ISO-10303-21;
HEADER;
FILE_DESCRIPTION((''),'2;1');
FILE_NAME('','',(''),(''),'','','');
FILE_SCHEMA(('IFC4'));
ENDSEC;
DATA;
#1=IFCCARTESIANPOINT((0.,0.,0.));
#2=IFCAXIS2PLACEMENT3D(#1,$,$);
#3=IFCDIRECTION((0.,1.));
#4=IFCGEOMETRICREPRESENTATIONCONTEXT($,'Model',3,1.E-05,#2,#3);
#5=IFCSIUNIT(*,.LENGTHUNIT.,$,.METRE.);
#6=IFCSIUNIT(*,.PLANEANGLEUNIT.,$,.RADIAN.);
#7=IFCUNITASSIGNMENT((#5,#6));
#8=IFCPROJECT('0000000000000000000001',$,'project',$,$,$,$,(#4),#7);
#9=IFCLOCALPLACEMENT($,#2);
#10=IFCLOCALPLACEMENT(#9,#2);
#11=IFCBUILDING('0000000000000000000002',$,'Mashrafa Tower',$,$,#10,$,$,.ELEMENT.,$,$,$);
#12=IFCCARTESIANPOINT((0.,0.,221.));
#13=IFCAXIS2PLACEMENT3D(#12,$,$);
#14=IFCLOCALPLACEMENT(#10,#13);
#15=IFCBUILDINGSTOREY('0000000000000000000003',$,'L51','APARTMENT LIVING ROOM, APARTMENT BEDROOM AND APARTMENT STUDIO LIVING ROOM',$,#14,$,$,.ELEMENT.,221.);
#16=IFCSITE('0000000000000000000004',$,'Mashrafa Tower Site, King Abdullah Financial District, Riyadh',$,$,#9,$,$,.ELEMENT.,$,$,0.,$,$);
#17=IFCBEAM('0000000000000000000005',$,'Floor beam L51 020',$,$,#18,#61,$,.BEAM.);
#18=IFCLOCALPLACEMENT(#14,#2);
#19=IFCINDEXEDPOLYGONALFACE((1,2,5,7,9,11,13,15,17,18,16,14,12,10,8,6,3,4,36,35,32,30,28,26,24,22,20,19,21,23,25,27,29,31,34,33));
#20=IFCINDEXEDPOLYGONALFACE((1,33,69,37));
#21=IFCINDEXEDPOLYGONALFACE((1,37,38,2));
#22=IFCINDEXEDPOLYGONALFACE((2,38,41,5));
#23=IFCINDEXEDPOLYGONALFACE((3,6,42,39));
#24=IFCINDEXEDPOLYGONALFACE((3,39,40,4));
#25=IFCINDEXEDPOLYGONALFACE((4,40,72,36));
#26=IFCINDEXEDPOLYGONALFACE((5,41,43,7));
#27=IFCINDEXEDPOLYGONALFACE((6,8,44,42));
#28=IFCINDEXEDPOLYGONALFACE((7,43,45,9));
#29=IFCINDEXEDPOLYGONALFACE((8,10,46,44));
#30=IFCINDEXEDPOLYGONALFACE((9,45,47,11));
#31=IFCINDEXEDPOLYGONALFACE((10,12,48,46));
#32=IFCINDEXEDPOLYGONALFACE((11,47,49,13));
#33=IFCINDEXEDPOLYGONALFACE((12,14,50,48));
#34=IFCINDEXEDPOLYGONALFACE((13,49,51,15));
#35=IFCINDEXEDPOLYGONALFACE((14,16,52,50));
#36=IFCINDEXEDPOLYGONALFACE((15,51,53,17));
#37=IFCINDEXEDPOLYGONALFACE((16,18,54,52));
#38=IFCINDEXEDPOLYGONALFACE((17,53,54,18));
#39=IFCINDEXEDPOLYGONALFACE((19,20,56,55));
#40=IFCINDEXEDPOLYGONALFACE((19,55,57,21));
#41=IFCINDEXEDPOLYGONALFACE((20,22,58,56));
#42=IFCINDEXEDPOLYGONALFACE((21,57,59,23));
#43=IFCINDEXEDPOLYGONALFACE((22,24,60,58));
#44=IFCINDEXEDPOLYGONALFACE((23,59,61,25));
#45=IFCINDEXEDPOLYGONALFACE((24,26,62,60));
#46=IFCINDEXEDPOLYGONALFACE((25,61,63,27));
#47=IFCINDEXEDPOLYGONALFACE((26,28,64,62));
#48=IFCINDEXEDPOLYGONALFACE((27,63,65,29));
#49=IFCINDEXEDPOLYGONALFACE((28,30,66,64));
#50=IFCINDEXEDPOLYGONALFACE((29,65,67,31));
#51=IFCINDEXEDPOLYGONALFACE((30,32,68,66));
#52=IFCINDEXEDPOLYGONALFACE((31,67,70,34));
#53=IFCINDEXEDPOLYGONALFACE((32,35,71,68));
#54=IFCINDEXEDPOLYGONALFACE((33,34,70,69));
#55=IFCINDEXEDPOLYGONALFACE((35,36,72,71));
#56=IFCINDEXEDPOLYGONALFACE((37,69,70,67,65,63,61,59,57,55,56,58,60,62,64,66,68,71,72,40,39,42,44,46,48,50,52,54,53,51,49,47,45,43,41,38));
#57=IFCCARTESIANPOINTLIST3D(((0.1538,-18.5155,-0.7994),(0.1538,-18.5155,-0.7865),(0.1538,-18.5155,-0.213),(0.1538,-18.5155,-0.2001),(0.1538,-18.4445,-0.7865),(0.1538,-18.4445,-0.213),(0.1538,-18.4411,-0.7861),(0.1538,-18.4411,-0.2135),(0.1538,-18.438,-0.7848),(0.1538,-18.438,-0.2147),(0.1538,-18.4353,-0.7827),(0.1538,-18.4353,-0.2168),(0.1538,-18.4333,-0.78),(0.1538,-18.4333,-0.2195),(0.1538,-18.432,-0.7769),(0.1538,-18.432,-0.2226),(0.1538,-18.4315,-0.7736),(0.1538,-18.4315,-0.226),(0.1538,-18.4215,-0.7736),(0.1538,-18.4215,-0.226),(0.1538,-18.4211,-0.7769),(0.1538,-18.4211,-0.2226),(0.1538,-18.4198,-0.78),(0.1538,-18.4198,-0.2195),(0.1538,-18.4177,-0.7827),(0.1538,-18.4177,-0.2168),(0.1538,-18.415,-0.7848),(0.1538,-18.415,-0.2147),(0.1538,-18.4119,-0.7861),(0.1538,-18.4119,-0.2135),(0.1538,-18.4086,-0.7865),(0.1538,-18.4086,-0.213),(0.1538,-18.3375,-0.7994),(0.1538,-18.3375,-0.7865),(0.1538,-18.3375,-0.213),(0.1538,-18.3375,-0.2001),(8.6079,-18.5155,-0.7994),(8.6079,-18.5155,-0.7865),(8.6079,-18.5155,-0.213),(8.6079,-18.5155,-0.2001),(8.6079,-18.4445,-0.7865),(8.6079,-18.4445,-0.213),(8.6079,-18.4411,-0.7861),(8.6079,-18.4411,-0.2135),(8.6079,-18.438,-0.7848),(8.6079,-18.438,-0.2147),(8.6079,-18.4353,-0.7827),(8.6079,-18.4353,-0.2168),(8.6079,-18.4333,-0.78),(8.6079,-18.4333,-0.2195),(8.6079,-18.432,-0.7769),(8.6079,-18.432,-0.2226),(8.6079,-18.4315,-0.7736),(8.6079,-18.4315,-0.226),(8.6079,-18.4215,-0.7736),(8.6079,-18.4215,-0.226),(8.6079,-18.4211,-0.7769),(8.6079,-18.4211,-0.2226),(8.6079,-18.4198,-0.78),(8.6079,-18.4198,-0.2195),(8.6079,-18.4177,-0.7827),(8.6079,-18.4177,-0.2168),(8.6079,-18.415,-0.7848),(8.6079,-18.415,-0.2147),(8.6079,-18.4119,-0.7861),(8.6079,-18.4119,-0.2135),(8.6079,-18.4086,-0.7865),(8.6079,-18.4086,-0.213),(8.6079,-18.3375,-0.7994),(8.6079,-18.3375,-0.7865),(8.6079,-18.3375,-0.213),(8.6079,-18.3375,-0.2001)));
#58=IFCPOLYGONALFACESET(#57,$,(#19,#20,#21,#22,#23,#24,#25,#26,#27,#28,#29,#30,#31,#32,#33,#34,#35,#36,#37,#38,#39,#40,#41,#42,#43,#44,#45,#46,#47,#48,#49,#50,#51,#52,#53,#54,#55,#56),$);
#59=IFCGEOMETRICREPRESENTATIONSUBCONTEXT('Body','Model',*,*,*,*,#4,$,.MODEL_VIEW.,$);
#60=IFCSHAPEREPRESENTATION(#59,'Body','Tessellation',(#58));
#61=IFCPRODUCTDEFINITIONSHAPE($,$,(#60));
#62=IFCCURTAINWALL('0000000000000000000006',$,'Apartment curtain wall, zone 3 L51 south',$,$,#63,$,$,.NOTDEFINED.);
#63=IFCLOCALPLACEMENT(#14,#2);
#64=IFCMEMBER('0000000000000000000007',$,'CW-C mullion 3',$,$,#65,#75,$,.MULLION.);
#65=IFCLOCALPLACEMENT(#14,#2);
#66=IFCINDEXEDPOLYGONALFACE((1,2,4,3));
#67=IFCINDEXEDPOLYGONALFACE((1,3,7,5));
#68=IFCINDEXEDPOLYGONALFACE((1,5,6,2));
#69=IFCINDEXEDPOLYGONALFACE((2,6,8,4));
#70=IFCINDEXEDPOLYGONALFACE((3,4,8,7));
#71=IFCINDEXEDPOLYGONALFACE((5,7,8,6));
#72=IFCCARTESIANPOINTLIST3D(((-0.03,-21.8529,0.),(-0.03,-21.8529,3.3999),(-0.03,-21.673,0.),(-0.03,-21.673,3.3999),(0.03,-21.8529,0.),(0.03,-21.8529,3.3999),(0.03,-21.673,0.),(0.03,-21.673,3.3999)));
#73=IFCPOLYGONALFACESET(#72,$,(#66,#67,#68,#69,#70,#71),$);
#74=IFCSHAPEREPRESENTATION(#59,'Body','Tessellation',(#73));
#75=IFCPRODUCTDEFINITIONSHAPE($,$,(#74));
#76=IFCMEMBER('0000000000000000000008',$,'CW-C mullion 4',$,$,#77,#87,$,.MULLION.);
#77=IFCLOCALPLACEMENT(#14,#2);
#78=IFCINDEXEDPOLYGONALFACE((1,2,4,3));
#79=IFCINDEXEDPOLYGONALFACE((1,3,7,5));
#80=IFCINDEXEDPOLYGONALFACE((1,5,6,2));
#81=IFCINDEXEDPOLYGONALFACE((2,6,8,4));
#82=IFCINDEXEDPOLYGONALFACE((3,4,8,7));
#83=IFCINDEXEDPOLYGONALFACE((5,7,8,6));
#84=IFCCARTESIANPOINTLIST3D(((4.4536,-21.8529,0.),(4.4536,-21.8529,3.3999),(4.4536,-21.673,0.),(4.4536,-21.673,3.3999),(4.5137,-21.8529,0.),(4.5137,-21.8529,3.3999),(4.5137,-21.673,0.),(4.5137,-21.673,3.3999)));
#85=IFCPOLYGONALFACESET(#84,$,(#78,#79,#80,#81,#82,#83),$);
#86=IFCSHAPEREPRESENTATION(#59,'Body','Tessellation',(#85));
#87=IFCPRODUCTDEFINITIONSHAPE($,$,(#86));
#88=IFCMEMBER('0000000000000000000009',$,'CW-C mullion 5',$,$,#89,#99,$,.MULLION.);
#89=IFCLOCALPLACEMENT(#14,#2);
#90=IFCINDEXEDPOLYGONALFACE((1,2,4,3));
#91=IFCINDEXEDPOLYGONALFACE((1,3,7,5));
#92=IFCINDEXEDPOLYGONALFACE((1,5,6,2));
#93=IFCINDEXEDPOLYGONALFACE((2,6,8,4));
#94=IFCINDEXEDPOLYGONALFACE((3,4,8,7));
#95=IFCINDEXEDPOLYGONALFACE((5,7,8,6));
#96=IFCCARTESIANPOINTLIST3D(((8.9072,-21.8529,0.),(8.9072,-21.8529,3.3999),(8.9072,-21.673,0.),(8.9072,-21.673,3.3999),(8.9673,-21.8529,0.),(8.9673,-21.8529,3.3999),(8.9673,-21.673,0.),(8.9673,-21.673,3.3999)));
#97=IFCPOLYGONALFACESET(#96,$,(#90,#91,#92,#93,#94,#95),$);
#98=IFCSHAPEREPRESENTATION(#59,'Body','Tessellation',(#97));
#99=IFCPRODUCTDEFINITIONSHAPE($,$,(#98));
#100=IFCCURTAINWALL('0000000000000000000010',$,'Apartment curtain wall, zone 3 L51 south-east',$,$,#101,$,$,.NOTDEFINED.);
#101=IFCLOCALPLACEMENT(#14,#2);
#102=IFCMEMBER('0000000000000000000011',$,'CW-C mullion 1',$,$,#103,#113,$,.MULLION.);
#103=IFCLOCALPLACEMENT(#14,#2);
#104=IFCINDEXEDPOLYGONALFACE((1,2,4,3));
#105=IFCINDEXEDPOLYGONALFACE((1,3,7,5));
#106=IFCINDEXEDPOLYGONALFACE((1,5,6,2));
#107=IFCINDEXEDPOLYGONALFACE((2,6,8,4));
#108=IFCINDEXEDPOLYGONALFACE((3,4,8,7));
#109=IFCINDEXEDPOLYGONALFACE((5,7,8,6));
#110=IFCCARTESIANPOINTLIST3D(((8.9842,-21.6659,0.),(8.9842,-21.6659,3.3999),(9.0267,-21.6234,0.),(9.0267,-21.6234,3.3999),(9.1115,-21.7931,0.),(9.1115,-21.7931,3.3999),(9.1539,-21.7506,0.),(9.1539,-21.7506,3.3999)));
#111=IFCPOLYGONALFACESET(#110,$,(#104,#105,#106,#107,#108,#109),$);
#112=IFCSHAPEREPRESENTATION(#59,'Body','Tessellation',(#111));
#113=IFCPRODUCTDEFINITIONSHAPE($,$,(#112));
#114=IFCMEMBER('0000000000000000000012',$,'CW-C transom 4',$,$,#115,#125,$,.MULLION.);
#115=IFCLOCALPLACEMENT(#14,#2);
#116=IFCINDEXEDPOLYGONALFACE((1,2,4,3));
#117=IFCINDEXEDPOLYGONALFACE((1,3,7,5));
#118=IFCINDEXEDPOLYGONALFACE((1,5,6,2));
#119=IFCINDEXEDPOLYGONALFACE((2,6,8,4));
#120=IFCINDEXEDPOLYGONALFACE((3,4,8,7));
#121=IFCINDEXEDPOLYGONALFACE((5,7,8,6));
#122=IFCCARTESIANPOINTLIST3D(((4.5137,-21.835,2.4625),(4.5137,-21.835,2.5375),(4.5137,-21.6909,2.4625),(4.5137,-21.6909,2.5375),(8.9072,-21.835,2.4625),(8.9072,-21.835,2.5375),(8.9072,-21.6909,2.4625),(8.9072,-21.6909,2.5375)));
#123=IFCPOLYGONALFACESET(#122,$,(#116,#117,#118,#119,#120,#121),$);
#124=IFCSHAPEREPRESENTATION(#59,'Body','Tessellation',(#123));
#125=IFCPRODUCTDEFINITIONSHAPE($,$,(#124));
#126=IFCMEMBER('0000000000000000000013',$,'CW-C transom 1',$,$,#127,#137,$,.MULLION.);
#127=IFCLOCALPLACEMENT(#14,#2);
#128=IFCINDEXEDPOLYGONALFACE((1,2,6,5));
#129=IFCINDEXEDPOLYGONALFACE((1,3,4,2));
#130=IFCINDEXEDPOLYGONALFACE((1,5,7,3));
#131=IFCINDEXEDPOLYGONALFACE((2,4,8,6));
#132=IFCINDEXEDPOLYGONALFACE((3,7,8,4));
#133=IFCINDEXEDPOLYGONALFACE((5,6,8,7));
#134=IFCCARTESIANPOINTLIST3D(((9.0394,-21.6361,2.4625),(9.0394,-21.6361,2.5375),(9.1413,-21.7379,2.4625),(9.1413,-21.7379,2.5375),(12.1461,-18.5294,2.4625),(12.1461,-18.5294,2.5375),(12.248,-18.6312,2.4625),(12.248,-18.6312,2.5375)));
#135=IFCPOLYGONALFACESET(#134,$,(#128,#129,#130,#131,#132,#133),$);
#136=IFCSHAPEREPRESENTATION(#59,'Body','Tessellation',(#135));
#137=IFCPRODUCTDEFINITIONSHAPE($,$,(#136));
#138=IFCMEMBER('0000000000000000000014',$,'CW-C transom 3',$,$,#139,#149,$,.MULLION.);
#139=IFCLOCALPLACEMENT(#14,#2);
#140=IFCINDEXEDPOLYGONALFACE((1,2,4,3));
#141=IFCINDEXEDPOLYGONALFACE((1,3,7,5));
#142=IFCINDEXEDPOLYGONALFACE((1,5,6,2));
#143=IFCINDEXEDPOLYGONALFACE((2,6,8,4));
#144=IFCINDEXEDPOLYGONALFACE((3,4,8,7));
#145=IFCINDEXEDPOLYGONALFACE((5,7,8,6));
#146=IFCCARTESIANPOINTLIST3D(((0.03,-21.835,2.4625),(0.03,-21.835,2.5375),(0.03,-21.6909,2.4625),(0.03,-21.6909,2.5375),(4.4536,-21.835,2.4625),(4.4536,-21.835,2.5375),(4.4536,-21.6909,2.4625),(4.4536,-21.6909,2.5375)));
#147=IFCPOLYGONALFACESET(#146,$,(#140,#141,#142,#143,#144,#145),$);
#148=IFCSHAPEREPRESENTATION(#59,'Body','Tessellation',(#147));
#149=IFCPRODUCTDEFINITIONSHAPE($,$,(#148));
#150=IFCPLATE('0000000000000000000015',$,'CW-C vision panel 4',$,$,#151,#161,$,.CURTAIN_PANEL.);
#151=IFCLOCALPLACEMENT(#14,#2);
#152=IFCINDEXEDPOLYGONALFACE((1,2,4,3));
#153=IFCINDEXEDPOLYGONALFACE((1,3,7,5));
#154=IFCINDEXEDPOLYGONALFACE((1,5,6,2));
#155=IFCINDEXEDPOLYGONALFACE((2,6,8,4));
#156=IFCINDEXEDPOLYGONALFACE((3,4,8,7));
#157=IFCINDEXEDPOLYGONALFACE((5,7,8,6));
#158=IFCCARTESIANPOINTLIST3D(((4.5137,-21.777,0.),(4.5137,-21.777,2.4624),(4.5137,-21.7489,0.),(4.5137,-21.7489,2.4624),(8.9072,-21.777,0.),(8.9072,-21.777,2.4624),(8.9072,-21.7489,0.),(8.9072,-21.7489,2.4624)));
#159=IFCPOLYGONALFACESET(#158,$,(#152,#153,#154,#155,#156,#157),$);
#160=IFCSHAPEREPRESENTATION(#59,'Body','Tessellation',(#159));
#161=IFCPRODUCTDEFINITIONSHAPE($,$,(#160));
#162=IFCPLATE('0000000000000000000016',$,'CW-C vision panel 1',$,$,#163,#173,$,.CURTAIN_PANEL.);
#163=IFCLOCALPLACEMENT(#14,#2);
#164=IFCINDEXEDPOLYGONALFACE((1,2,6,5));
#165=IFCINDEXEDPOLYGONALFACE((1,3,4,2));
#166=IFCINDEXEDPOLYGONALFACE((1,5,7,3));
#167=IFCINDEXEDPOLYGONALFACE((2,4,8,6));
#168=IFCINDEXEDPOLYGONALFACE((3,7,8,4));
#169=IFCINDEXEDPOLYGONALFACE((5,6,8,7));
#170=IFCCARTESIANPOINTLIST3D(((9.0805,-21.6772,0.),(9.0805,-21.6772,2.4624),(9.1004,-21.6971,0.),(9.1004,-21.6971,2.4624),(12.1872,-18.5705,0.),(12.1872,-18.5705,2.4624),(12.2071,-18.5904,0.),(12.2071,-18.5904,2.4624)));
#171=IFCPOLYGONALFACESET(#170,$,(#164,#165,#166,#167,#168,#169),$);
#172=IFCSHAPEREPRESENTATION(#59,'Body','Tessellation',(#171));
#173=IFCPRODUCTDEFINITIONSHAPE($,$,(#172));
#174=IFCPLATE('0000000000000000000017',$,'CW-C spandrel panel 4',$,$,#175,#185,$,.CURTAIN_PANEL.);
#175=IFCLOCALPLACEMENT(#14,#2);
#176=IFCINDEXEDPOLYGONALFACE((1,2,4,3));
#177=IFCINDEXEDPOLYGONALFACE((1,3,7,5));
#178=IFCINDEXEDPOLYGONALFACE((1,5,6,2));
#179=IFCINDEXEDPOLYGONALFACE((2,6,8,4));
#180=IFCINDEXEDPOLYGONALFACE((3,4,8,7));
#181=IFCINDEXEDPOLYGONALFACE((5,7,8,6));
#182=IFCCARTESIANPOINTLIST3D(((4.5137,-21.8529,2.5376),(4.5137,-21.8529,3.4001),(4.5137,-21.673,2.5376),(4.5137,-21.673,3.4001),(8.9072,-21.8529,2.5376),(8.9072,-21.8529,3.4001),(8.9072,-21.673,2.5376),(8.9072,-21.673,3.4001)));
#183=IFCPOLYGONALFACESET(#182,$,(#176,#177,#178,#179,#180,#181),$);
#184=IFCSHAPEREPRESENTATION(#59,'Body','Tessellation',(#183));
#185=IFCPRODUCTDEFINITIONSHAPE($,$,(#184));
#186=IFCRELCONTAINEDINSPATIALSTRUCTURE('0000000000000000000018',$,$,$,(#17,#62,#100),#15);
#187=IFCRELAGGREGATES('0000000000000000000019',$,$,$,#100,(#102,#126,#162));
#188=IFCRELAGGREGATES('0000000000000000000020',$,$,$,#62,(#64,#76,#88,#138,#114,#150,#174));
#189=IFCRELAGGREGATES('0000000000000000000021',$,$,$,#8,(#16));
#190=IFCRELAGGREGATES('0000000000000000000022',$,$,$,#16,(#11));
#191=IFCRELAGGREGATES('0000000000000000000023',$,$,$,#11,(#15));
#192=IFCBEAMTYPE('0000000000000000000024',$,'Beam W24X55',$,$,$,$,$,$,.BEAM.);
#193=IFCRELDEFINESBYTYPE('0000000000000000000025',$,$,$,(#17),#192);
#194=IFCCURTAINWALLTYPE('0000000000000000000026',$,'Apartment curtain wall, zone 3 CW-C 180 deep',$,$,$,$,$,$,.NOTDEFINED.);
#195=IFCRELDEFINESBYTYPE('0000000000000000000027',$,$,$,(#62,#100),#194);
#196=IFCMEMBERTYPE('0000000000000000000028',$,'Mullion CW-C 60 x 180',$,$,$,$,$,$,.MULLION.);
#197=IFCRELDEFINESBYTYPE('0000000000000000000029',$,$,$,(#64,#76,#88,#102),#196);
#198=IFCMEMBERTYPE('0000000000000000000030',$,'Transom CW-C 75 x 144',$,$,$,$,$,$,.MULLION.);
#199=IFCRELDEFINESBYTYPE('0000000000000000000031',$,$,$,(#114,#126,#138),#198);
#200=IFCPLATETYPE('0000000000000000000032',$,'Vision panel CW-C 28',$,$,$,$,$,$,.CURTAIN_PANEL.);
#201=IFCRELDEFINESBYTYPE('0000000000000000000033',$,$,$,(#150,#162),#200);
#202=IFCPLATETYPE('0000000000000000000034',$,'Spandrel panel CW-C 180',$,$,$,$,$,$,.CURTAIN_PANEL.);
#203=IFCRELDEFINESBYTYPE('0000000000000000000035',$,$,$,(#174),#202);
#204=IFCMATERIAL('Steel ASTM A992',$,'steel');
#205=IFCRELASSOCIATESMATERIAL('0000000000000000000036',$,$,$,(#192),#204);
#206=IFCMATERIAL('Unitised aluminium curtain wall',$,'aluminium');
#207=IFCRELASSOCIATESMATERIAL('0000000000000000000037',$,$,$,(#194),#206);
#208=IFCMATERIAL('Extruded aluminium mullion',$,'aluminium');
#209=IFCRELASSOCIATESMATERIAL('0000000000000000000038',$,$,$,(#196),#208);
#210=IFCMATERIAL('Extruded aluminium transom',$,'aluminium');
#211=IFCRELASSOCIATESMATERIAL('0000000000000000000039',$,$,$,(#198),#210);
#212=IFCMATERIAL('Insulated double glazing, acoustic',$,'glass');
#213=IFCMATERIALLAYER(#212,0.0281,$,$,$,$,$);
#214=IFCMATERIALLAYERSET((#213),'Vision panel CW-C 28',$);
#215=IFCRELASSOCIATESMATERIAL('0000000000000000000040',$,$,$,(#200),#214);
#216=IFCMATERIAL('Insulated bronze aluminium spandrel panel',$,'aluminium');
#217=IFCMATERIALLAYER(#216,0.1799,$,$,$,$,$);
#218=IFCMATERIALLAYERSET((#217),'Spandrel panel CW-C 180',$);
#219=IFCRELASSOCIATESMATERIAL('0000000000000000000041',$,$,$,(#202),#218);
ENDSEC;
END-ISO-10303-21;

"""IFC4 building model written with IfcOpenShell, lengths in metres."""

from ifc_helpers import new_model, si_unit, direction, frame, origin, origin_2d, place, context, subcontext, project, spatial, rectangle, i_section, extrude, source, transform, mapped, material, layer, layer_set, material_profile, profile_set, type_object, type_shapes, element, aggregate, save


model = new_model("IFC4")

# Units and contexts
model_context = context("Model", 3, precision=1e-05, world=origin(), true_north=direction((0.0, 1.0)))
body_context = subcontext(model_context, "Body", "Model", "MODEL_VIEW")
ifc_project = project(units=[si_unit("LENGTHUNIT", "METRE"), si_unit("PLANEANGLEUNIT", "RADIAN")], contexts=[model_context])

# Site, building, storey
site_placement = place(None, origin())
site = spatial("IfcSite", under=ifc_project, at=site_placement, Name="Mashrafa Tower Site, King Abdullah Financial District, Riyadh", CompositionType="ELEMENT", RefElevation=0.0)
building_placement = place(site_placement, origin())
building = spatial("IfcBuilding", under=site, at=building_placement, Name="Mashrafa Tower", CompositionType="ELEMENT")
storey_placement = place(building_placement, frame((0.0, 0.0, 221.0)))
storey = spatial("IfcBuildingStorey", under=building, at=storey_placement, Name="L51", Description="APARTMENT LIVING ROOM, APARTMENT BEDROOM AND APARTMENT STUDIO LIVING ROOM", CompositionType="ELEMENT", Elevation=221.0)

# Beam
ifc_material_1 = material(Name="Steel ASTM A992", Category="steel")
ifc_material_profile_1 = material_profile(ifc_material_1, i_section(OverallWidth=0.178, OverallDepth=0.5994, WebThickness=0.01, FlangeThickness=0.0129, FilletRadius=0.0129, at=origin_2d()), Name="W24X55")
ifc_profile_set_1 = profile_set([ifc_material_profile_1], Name="Steel ASTM A992")
beam_type_1 = type_object("IfcBeamType", Name="Beam W24X55", PredefinedType="BEAM", material=ifc_profile_set_1)
beam_1_placement = place(storey_placement, frame((8.6079, -18.4265, -0.4998), z_axis=(-1.0, 0.0, 0.0), x_axis=(0.0, -1.0, 0.0)))
element("IfcBeam", 1, at=beam_1_placement, inside=storey, type_object=beam_type_1, Name="Floor beam L51 020", PredefinedType="BEAM", context=body_context, shape_type="SweptSolid", body=[
    extrude(i_section(OverallWidth=0.178, OverallDepth=0.5994, WebThickness=0.01, FlangeThickness=0.0129, FilletRadius=0.0129, at=origin_2d()), origin(), (0.0, 0.0, 1.0), 8.4541),
])

# Curtain wall, members
ifc_material_2 = material(Name="Unitised aluminium curtain wall", Category="aluminium")
curtain_wall_type = type_object("IfcCurtainWallType", Name="Apartment curtain wall, zone 3 CW-C 180 deep", PredefinedType="NOTDEFINED", material=ifc_material_2)
curtain_wall_1_placement = place(storey_placement, origin())
curtain_wall_1 = element("IfcCurtainWall", 2, at=curtain_wall_1_placement, inside=storey, type_object=curtain_wall_type, Name="Apartment curtain wall, zone 3 L51 south", PredefinedType="NOTDEFINED")
ifc_material_3 = material(Name="Extruded aluminium mullion", Category="aluminium")
ifc_material_profile_2 = material_profile(ifc_material_3, rectangle(XDim=0.1799, YDim=0.0601, at=origin_2d()), Name="Mullion 60x180")
ifc_profile_set_2 = profile_set([ifc_material_profile_2], Name="Extruded aluminium mullion")
member_type_1 = type_object("IfcMemberType", Name="Mullion CW-C 60 x 180", PredefinedType="MULLION", material=ifc_profile_set_2)
shared_shape_1 = source(origin(), body_context, "Body", "SweptSolid", [
    extrude(rectangle(XDim=0.1799, YDim=0.0601, at=origin_2d()), origin(), (0.0, 0.0, 1.0), 3.3999),
])
type_shapes(member_type_1, [shared_shape_1])
member_1_placement = place(storey_placement, frame((0.0, -21.7629, 0.0), z_axis=(0.0, 0.0, 1.0), x_axis=(0.0, 1.0, 0.0)))
member_1 = element("IfcMember", 3, at=member_1_placement, type_object=member_type_1, Name="CW-C mullion 3", PredefinedType="MULLION", context=body_context, shape_type="MappedRepresentation", body=[
    mapped(shared_shape_1, transform((0.0, 0.0, 0.0))),
])
member_2_placement = place(storey_placement, frame((4.4836, -21.7629, 0.0), z_axis=(0.0, 0.0, 1.0), x_axis=(0.0, 1.0, 0.0)))
member_2 = element("IfcMember", 4, at=member_2_placement, type_object=member_type_1, Name="CW-C mullion 4", PredefinedType="MULLION", context=body_context, shape_type="MappedRepresentation", body=[
    mapped(shared_shape_1, transform((0.0, 0.0, 0.0))),
])
member_3_placement = place(storey_placement, frame((8.9373, -21.7629, 0.0), z_axis=(0.0, 0.0, 1.0), x_axis=(0.0, 1.0, 0.0)))
member_3 = element("IfcMember", 5, at=member_3_placement, type_object=member_type_1, Name="CW-C mullion 5", PredefinedType="MULLION", context=body_context, shape_type="MappedRepresentation", body=[
    mapped(shared_shape_1, transform((0.0, 0.0, 0.0))),
])

# Curtain wall, member
curtain_wall_2_placement = place(storey_placement, origin())
curtain_wall_2 = element("IfcCurtainWall", 6, at=curtain_wall_2_placement, inside=storey, type_object=curtain_wall_type, Name="Apartment curtain wall, zone 3 L51 south-east", PredefinedType="NOTDEFINED")
member_4_placement = place(storey_placement, frame((9.0691, -21.7083, 0.0), z_axis=(0.0, 0.0, 1.0), x_axis=(-0.707107, 0.707107, 0.0)))
member_4 = element("IfcMember", 7, at=member_4_placement, type_object=member_type_1, Name="CW-C mullion 1", PredefinedType="MULLION", context=body_context, shape_type="MappedRepresentation", body=[
    mapped(shared_shape_1, transform((0.0, 0.0, 0.0))),
])

# Members
ifc_material_4 = material(Name="Extruded aluminium transom", Category="aluminium")
ifc_material_profile_3 = material_profile(ifc_material_4, rectangle(XDim=0.144, YDim=0.075, at=origin_2d()), Name="Transom 75x144")
ifc_profile_set_3 = profile_set([ifc_material_profile_3], Name="Extruded aluminium transom")
member_type_2 = type_object("IfcMemberType", Name="Transom CW-C 75 x 144", PredefinedType="MULLION", material=ifc_profile_set_3)
shared_shape_2 = source(origin(), body_context, "Body", "SweptSolid", [
    extrude(rectangle(XDim=0.144, YDim=0.075, at=origin_2d()), origin(), (0.0, 0.0, 1.0), 4.3936),
])
member_5_placement = place(storey_placement, frame((4.5137, -21.7629, 2.5), z_axis=(1.0, 0.0, 0.0), x_axis=(0.0, 1.0, 0.0)))
member_5 = element("IfcMember", 8, at=member_5_placement, type_object=member_type_2, Name="CW-C transom 4", PredefinedType="MULLION", context=body_context, shape_type="MappedRepresentation", body=[
    mapped(shared_shape_2, transform((0.0, 0.0, 0.0))),
])
member_6_placement = place(storey_placement, frame((9.0903, -21.687, 2.5), z_axis=(0.707107, 0.707107, 0.0), x_axis=(-0.707107, 0.707107, 0.0)))
member_6 = element("IfcMember", 9, at=member_6_placement, type_object=member_type_2, Name="CW-C transom 1", PredefinedType="MULLION", context=body_context, shape_type="MappedRepresentation", body=[
    mapped(shared_shape_2, transform((0.0, 0.0, 0.0))),
])
shared_shape_3 = source(origin(), body_context, "Body", "SweptSolid", [
    extrude(rectangle(XDim=0.144, YDim=0.075, at=origin_2d()), origin(), (0.0, 0.0, 1.0), 4.4236),
])
type_shapes(member_type_2, [shared_shape_2, shared_shape_3])
member_7_placement = place(storey_placement, frame((0.03, -21.7629, 2.5), z_axis=(1.0, 0.0, 0.0), x_axis=(0.0, 1.0, 0.0)))
member_7 = element("IfcMember", 10, at=member_7_placement, type_object=member_type_2, Name="CW-C transom 3", PredefinedType="MULLION", context=body_context, shape_type="MappedRepresentation", body=[
    mapped(shared_shape_3, transform((0.0, 0.0, 0.0))),
])

# Plates
ifc_material_5 = material(Name="Insulated double glazing, acoustic", Category="glass")
ifc_layer_1 = layer(ifc_material_5, 0.0281)
ifc_layer_set_1 = layer_set([ifc_layer_1], Name="Vision panel CW-C 28")
plate_type_1 = type_object("IfcPlateType", Name="Vision panel CW-C 28", PredefinedType="CURTAIN_PANEL", material=ifc_layer_set_1)
shared_shape_4 = source(origin(), body_context, "Body", "SweptSolid", [
    extrude(rectangle(XDim=4.3936, YDim=0.0281, at=origin_2d()), origin(), (0.0, 0.0, 1.0), 2.4624),
])
plate_1_placement = place(storey_placement, frame((6.7104, -21.7629, 0.0), z_axis=(0.0, 0.0, 1.0), x_axis=(1.0, 0.0, 0.0)))
plate_1 = element("IfcPlate", 11, at=plate_1_placement, type_object=plate_type_1, Name="CW-C vision panel 4", PredefinedType="CURTAIN_PANEL", context=body_context, shape_type="MappedRepresentation", body=[
    mapped(shared_shape_4, transform((0.0, 0.0, 0.0))),
])
plate_2_placement = place(storey_placement, frame((10.6438, -20.1338, 0.0), z_axis=(0.0, 0.0, 1.0), x_axis=(0.707107, 0.707107, 0.0)))
plate_2 = element("IfcPlate", 12, at=plate_2_placement, type_object=plate_type_1, Name="CW-C vision panel 1", PredefinedType="CURTAIN_PANEL", context=body_context, shape_type="MappedRepresentation", body=[
    mapped(shared_shape_4, transform((0.0, 0.0, 0.0))),
])
ifc_material_6 = material(Name="Insulated bronze aluminium spandrel panel", Category="aluminium")
ifc_layer_2 = layer(ifc_material_6, 0.1799)
ifc_layer_set_2 = layer_set([ifc_layer_2], Name="Spandrel panel CW-C 180")
plate_type_2 = type_object("IfcPlateType", Name="Spandrel panel CW-C 180", PredefinedType="CURTAIN_PANEL", material=ifc_layer_set_2)
shared_shape_5 = source(origin(), body_context, "Body", "SweptSolid", [
    extrude(rectangle(XDim=4.3936, YDim=0.1799, at=origin_2d()), origin(), (0.0, 0.0, 1.0), 0.8625),
])
plate_3_placement = place(storey_placement, frame((6.7104, -21.7629, 2.5376), z_axis=(0.0, 0.0, 1.0), x_axis=(1.0, 0.0, 0.0)))
plate_3 = element("IfcPlate", 13, at=plate_3_placement, type_object=plate_type_2, Name="CW-C spandrel panel 4", PredefinedType="CURTAIN_PANEL", context=body_context, shape_type="MappedRepresentation", body=[
    mapped(shared_shape_5, transform((0.0, 0.0, 0.0))),
])
aggregate(curtain_wall_2, [member_4, member_6, plate_2])
aggregate(curtain_wall_1, [member_1, member_2, member_3, member_7, member_5, plate_1, plate_3])

save(model, "model.ifc")
